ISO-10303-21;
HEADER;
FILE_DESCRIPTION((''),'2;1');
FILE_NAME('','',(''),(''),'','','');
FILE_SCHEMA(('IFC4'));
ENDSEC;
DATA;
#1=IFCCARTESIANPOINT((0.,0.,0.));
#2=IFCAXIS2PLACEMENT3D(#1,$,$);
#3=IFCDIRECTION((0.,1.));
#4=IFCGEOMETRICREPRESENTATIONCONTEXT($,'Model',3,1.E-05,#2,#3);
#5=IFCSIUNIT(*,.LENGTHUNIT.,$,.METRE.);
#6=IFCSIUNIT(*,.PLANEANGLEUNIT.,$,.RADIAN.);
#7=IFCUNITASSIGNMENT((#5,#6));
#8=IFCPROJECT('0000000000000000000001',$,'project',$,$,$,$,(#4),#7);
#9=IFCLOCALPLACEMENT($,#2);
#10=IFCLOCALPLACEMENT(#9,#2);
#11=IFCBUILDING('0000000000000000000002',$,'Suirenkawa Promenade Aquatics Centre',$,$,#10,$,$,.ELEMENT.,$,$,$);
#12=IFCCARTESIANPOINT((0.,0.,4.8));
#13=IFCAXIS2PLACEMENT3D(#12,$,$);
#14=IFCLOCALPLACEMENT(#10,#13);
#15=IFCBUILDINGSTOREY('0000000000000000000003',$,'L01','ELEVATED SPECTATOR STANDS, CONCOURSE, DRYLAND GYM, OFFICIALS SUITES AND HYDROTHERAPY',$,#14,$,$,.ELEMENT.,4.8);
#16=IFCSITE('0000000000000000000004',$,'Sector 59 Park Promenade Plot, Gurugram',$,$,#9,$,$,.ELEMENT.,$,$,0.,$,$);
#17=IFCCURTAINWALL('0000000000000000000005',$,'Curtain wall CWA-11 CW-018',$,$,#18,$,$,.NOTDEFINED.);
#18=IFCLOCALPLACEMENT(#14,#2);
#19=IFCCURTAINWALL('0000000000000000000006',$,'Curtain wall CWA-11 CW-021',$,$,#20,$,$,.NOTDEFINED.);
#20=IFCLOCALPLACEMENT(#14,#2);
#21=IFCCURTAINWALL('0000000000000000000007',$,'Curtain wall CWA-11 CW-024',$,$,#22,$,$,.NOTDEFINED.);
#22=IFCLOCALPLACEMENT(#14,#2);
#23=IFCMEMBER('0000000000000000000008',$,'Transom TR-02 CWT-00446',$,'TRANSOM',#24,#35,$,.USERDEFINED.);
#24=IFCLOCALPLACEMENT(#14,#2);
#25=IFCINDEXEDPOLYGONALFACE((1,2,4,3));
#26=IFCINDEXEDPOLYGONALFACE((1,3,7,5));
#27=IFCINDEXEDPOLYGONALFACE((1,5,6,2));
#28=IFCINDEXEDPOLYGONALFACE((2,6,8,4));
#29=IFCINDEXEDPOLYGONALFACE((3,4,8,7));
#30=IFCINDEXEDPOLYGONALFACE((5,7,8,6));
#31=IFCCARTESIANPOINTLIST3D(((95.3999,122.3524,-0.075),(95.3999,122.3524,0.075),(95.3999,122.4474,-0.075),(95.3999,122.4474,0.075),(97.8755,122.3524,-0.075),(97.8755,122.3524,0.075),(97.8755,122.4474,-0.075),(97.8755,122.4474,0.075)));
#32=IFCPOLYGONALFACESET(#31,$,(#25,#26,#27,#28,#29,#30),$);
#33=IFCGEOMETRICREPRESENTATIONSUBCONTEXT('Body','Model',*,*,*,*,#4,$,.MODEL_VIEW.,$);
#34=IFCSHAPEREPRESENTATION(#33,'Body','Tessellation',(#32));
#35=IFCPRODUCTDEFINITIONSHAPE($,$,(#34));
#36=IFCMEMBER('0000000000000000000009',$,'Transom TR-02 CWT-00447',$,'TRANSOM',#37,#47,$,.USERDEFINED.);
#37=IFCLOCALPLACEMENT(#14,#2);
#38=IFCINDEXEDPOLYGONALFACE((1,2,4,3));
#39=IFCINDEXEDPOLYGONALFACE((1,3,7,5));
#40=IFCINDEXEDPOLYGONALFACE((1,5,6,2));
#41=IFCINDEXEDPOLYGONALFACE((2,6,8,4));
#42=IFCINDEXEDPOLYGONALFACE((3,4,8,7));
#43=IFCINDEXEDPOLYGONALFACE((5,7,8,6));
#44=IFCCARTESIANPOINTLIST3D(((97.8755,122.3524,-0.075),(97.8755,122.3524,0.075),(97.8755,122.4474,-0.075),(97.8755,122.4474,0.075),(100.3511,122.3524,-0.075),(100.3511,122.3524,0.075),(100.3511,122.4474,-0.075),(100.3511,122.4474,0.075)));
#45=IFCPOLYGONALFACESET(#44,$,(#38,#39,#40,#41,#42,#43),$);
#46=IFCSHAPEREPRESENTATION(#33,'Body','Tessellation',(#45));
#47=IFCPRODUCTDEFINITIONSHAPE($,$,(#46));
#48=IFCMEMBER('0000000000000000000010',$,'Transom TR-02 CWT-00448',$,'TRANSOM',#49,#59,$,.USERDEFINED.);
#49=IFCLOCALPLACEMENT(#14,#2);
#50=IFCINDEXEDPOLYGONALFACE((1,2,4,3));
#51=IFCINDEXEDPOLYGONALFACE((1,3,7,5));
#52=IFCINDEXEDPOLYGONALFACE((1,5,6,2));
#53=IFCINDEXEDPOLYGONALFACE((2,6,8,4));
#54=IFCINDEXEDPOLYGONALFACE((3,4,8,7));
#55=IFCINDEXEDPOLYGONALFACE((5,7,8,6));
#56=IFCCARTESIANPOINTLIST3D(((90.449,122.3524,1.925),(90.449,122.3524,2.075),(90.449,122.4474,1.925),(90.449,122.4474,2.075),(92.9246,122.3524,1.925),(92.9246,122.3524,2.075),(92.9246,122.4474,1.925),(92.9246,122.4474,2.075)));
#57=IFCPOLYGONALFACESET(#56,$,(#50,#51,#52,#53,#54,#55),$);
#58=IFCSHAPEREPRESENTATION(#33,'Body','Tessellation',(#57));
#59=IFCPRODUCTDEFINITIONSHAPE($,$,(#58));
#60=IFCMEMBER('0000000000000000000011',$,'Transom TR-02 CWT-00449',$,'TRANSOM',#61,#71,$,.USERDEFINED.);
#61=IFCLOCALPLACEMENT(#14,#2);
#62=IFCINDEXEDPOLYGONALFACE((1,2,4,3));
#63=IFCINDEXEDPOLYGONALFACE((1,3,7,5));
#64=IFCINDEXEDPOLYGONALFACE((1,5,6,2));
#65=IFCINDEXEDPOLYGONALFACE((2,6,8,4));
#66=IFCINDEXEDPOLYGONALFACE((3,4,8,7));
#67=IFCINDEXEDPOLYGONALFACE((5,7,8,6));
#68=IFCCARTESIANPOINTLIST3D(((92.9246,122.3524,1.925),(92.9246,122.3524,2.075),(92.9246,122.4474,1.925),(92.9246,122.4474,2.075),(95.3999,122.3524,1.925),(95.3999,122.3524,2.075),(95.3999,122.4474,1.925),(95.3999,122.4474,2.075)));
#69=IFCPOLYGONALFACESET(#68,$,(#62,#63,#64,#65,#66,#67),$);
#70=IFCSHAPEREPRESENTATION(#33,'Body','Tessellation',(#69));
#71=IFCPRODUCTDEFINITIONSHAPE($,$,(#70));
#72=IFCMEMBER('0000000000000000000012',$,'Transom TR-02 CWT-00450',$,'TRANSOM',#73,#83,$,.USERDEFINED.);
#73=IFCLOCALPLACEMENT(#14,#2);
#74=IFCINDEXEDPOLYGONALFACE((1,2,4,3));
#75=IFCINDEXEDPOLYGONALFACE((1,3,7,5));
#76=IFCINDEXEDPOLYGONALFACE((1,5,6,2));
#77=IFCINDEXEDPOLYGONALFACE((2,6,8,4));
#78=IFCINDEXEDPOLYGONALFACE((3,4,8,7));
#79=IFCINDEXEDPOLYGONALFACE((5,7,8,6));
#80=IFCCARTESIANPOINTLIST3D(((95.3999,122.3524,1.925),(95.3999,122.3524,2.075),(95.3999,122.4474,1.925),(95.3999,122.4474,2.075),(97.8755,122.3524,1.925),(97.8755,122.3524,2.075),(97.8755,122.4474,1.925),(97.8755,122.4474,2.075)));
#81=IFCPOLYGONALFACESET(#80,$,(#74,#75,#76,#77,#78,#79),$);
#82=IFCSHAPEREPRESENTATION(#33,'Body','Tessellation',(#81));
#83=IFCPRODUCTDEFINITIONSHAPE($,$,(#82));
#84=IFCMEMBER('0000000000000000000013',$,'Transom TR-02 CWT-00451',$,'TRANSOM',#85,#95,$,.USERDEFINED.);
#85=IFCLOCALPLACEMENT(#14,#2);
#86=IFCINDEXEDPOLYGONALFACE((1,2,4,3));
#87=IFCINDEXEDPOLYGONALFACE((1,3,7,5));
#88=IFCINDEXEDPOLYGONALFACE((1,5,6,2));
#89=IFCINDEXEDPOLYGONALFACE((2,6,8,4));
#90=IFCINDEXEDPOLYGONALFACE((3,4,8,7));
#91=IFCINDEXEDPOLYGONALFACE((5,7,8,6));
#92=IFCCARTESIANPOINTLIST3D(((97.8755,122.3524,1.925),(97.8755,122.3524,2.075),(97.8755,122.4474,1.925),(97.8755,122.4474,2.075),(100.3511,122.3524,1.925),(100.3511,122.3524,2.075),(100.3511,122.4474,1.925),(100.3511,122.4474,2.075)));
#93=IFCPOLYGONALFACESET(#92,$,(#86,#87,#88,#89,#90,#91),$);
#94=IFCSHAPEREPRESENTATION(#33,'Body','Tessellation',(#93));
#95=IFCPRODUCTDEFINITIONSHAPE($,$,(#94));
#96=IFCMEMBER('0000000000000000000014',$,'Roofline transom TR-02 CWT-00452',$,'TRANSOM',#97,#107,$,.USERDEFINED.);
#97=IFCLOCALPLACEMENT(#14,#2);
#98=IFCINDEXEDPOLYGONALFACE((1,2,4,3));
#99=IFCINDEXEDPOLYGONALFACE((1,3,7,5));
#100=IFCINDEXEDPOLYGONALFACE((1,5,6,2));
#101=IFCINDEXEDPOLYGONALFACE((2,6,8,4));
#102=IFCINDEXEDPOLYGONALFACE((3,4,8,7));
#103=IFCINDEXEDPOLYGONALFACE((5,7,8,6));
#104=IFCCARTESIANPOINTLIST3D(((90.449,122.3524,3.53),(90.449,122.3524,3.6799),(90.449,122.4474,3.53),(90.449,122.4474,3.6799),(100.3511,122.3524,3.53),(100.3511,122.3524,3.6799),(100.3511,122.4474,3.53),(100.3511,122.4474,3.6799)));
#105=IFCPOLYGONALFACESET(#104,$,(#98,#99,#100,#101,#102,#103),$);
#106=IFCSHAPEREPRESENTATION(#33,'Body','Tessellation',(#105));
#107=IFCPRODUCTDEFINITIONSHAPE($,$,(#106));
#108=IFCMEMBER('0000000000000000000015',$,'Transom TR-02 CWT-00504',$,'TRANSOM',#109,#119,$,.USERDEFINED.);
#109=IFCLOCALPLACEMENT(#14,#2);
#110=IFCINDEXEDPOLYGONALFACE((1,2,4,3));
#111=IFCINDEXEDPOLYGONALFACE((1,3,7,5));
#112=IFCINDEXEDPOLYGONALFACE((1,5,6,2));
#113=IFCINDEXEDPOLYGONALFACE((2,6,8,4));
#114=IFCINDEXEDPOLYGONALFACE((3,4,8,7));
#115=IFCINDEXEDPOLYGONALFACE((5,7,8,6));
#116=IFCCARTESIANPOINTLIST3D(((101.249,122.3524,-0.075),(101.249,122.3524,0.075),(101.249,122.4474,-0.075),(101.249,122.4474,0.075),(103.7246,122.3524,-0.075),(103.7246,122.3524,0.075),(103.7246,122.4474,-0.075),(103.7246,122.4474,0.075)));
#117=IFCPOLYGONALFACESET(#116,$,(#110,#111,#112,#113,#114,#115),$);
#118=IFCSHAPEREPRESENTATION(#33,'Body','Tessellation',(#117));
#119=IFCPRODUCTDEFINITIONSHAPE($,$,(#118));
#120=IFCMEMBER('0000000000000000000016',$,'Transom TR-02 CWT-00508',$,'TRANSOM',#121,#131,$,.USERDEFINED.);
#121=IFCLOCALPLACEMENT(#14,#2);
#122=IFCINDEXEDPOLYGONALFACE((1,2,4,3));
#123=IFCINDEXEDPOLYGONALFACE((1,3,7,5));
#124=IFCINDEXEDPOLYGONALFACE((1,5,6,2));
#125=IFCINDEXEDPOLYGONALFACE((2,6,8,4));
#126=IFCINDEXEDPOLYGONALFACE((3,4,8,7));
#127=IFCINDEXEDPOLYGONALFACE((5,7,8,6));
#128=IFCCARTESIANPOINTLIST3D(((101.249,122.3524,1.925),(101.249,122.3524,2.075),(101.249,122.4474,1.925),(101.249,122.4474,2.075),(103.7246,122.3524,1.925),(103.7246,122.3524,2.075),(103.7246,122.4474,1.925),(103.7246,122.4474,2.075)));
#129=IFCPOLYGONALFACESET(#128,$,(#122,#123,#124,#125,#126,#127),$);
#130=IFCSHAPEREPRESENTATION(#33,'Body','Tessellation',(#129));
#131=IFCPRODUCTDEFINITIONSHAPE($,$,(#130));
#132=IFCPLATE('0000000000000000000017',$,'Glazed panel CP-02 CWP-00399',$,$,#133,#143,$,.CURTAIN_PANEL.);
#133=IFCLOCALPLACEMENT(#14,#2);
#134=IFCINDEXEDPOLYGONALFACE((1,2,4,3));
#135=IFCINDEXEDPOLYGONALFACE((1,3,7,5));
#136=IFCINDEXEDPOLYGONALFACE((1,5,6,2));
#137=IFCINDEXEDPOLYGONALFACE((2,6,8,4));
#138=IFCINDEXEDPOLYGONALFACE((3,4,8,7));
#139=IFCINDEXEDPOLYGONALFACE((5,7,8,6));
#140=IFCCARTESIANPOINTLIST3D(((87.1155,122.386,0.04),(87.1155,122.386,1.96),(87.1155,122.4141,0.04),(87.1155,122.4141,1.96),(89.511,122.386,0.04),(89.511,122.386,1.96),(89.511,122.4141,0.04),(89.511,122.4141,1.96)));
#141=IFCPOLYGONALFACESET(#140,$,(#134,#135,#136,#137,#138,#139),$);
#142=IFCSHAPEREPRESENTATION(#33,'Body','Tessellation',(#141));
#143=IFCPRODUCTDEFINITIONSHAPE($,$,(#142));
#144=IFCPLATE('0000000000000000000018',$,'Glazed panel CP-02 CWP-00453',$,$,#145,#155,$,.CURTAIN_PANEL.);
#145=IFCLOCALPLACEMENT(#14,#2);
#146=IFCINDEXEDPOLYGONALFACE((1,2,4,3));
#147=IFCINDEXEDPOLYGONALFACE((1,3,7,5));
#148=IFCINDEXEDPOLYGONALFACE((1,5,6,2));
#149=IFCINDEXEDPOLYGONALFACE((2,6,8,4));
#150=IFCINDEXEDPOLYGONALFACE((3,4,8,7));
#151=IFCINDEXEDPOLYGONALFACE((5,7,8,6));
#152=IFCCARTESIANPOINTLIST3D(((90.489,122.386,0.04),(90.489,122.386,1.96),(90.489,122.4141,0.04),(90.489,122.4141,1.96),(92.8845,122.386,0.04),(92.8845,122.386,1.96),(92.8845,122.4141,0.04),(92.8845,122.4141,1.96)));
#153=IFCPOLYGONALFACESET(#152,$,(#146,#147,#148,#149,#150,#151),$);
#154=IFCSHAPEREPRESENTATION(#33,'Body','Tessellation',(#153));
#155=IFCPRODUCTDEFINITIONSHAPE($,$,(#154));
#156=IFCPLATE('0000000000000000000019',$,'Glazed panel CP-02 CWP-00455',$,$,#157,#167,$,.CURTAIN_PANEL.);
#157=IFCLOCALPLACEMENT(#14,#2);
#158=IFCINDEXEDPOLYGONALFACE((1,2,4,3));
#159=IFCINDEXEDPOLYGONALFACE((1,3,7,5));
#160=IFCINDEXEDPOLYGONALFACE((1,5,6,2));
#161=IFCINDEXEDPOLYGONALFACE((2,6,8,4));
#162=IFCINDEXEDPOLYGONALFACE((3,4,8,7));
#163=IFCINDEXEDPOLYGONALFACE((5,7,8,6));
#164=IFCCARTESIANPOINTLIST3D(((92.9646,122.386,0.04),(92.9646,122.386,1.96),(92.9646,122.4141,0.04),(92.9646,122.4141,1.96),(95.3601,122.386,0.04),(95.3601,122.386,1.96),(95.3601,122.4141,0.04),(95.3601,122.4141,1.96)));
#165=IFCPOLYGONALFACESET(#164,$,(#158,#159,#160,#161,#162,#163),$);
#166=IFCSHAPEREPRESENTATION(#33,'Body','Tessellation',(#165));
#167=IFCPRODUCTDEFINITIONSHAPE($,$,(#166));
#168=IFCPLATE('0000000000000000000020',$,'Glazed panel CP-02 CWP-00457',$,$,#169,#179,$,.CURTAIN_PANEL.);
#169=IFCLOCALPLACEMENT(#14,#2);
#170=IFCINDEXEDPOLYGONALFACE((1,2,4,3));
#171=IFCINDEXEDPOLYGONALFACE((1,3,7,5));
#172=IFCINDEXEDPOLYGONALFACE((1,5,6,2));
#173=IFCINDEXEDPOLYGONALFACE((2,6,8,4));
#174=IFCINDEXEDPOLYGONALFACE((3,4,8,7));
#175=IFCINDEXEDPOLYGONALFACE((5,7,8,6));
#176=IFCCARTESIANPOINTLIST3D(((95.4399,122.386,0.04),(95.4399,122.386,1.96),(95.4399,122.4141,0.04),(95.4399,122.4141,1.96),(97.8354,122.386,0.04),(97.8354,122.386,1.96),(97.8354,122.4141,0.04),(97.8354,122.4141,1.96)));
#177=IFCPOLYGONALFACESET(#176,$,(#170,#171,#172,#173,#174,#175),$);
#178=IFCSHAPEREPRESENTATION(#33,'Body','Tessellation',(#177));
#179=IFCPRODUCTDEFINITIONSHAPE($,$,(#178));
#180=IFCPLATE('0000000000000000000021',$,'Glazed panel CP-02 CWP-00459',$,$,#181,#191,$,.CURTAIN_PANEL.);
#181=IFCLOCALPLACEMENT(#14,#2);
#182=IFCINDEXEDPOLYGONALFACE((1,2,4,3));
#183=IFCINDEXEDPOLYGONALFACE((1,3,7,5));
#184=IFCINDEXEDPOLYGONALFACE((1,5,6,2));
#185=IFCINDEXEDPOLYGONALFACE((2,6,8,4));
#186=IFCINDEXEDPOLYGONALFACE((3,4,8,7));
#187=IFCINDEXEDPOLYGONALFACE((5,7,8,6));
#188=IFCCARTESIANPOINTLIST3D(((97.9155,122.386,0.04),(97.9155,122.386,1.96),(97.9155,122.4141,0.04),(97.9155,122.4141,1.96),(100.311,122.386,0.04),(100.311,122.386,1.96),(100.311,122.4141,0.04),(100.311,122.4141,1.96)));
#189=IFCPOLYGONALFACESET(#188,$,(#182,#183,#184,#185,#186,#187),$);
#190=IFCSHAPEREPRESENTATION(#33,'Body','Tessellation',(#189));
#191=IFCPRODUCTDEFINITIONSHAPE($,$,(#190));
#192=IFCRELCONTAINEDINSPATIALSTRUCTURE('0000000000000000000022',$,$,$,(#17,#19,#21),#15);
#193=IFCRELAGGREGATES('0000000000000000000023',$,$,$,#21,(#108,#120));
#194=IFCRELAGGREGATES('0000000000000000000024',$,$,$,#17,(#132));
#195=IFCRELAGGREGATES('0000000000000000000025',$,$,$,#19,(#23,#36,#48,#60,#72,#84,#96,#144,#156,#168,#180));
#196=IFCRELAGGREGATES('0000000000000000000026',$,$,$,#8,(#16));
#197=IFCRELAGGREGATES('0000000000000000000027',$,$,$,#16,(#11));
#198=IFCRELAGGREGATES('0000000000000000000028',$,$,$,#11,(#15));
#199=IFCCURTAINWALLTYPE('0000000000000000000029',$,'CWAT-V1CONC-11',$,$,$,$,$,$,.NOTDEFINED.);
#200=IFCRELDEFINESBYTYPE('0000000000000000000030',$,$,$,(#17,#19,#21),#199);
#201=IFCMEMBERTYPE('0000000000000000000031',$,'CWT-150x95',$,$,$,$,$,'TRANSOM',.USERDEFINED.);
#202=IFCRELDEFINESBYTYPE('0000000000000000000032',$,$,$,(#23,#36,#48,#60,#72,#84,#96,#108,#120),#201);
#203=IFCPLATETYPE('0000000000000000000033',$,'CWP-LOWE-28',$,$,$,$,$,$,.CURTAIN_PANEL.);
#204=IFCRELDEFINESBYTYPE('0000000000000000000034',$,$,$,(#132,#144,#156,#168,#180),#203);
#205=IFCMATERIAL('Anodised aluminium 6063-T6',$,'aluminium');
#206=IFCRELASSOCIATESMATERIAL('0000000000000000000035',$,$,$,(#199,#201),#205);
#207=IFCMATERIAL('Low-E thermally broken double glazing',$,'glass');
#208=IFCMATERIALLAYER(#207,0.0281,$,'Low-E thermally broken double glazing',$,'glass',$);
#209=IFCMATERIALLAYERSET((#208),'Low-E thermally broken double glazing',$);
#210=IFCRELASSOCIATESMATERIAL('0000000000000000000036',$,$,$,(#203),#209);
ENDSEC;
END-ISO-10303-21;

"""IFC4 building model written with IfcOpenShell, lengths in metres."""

from ifc_helpers import new_model, si_unit, direction, frame, origin, origin_2d, place, context, subcontext, project, spatial, polyline, rectangle, outline, extrude, material, layer, layer_set, material_profile, profile_set, type_object, element, aggregate, save


model = new_model("IFC4")

# Units and contexts
model_context = context("Model", 3, precision=1e-05, world=origin(), true_north=direction((0.0, 1.0)))
body_context = subcontext(model_context, "Body", "Model", "MODEL_VIEW")
ifc_project = project(units=[si_unit("LENGTHUNIT", "METRE"), si_unit("PLANEANGLEUNIT", "RADIAN")], contexts=[model_context])

# Site, building, storey
site_placement = place(None, origin())
site = spatial("IfcSite", under=ifc_project, at=site_placement, Name="Sector 59 Park Promenade Plot, Gurugram", CompositionType="ELEMENT", RefElevation=0.0)
building_placement = place(site_placement, origin())
building = spatial("IfcBuilding", under=site, at=building_placement, Name="Suirenkawa Promenade Aquatics Centre", CompositionType="ELEMENT")
storey_placement = place(building_placement, frame((0.0, 0.0, 4.8)))
storey = spatial("IfcBuildingStorey", under=building, at=storey_placement, Name="L01", Description="ELEVATED SPECTATOR STANDS, CONCOURSE, DRYLAND GYM, OFFICIALS SUITES AND HYDROTHERAPY", CompositionType="ELEMENT", Elevation=4.8)

# Curtain wall
ifc_material_1 = material(Name="Anodised aluminium 6063-T6", Category="aluminium")
curtain_wall_type = type_object("IfcCurtainWallType", Name="CWAT-V1CONC-11", PredefinedType="NOTDEFINED", material=ifc_material_1)
curtain_wall_1_placement = place(storey_placement, origin())
curtain_wall_1 = element("IfcCurtainWall", 1, at=curtain_wall_1_placement, inside=storey, type_object=curtain_wall_type, Name="Curtain wall CWA-11 CW-018", PredefinedType="NOTDEFINED")

# Curtain wall
curtain_wall_2_placement = place(storey_placement, origin())
curtain_wall_2 = element("IfcCurtainWall", 2, at=curtain_wall_2_placement, inside=storey, type_object=curtain_wall_type, Name="Curtain wall CWA-11 CW-021", PredefinedType="NOTDEFINED")

# Curtain wall
curtain_wall_3_placement = place(storey_placement, origin())
curtain_wall_3 = element("IfcCurtainWall", 3, at=curtain_wall_3_placement, inside=storey, type_object=curtain_wall_type, Name="Curtain wall CWA-11 CW-024", PredefinedType="NOTDEFINED")

# Members
ifc_material_profile_1 = material_profile(ifc_material_1, rectangle(XDim=0.095, YDim=0.1499, at=origin_2d()), Name="ALU TRAN 95x150", Category="aluminium")
ifc_profile_set_1 = profile_set([ifc_material_profile_1], Name="Anodised aluminium 6063-T6")
member_type_1 = type_object("IfcMemberType", Name="CWT-150x95", ElementType="TRANSOM", PredefinedType="USERDEFINED", material=ifc_profile_set_1)
member_1_placement = place(storey_placement, frame((95.3999, 122.3999, 0.0), z_axis=(1.0, 0.0, 0.0), x_axis=(0.0, 1.0, 0.0)))
member_1 = element("IfcMember", 4, at=member_1_placement, type_object=member_type_1, Name="Transom TR-02 CWT-00446", ObjectType="TRANSOM", PredefinedType="USERDEFINED", context=body_context, shape_type="SweptSolid", body=[
    extrude(rectangle(XDim=0.095, YDim=0.1499, at=origin_2d()), origin(), (0.0, 0.0, 1.0), 2.4756),
])
member_2_placement = place(storey_placement, frame((97.8755, 122.3999, 0.0), z_axis=(1.0, 0.0, 0.0), x_axis=(0.0, 1.0, 0.0)))
member_2 = element("IfcMember", 5, at=member_2_placement, type_object=member_type_1, Name="Transom TR-02 CWT-00447", ObjectType="TRANSOM", PredefinedType="USERDEFINED", context=body_context, shape_type="SweptSolid", body=[
    extrude(rectangle(XDim=0.095, YDim=0.1499, at=origin_2d()), origin(), (0.0, 0.0, 1.0), 2.4756),
])
member_3_placement = place(storey_placement, frame((90.449, 122.3999, 2.0), z_axis=(1.0, 0.0, 0.0), x_axis=(0.0, 1.0, 0.0)))
member_3 = element("IfcMember", 6, at=member_3_placement, type_object=member_type_1, Name="Transom TR-02 CWT-00448", ObjectType="TRANSOM", PredefinedType="USERDEFINED", context=body_context, shape_type="SweptSolid", body=[
    extrude(rectangle(XDim=0.095, YDim=0.1499, at=origin_2d()), origin(), (0.0, 0.0, 1.0), 2.4756),
])
member_4_placement = place(storey_placement, frame((92.9246, 122.3999, 2.0), z_axis=(1.0, 0.0, 0.0), x_axis=(0.0, 1.0, 0.0)))
member_4 = element("IfcMember", 7, at=member_4_placement, type_object=member_type_1, Name="Transom TR-02 CWT-00449", ObjectType="TRANSOM", PredefinedType="USERDEFINED", context=body_context, shape_type="SweptSolid", body=[
    extrude(rectangle(XDim=0.095, YDim=0.1499, at=origin_2d()), origin(), (0.0, 0.0, 1.0), 2.4753),
])
member_5_placement = place(storey_placement, frame((95.3999, 122.3999, 2.0), z_axis=(1.0, 0.0, 0.0), x_axis=(0.0, 1.0, 0.0)))
member_5 = element("IfcMember", 8, at=member_5_placement, type_object=member_type_1, Name="Transom TR-02 CWT-00450", ObjectType="TRANSOM", PredefinedType="USERDEFINED", context=body_context, shape_type="SweptSolid", body=[
    extrude(rectangle(XDim=0.095, YDim=0.1499, at=origin_2d()), origin(), (0.0, 0.0, 1.0), 2.4756),
])
member_6_placement = place(storey_placement, frame((97.8755, 122.3999, 2.0), z_axis=(1.0, 0.0, 0.0), x_axis=(0.0, 1.0, 0.0)))
member_6 = element("IfcMember", 9, at=member_6_placement, type_object=member_type_1, Name="Transom TR-02 CWT-00451", ObjectType="TRANSOM", PredefinedType="USERDEFINED", context=body_context, shape_type="SweptSolid", body=[
    extrude(rectangle(XDim=0.095, YDim=0.1499, at=origin_2d()), origin(), (0.0, 0.0, 1.0), 2.4756),
])
member_7_placement = place(storey_placement, frame((90.449, 122.3999, 3.605), z_axis=(1.0, 0.0, 0.0), x_axis=(0.0, 1.0, 0.0)))
member_7 = element("IfcMember", 10, at=member_7_placement, type_object=member_type_1, Name="Roofline transom TR-02 CWT-00452", ObjectType="TRANSOM", PredefinedType="USERDEFINED", context=body_context, shape_type="SweptSolid", body=[
    extrude(rectangle(XDim=0.095, YDim=0.1499, at=origin_2d()), origin(), (0.0, 0.0, 1.0), 9.9021),
])
member_8_placement = place(storey_placement, frame((101.249, 122.3999, 0.0), z_axis=(1.0, 0.0, 0.0), x_axis=(0.0, 1.0, 0.0)))
member_8 = element("IfcMember", 11, at=member_8_placement, type_object=member_type_1, Name="Transom TR-02 CWT-00504", ObjectType="TRANSOM", PredefinedType="USERDEFINED", context=body_context, shape_type="SweptSolid", body=[
    extrude(rectangle(XDim=0.095, YDim=0.1499, at=origin_2d()), origin(), (0.0, 0.0, 1.0), 2.4756),
])
member_9_placement = place(storey_placement, frame((101.249, 122.3999, 2.0), z_axis=(1.0, 0.0, 0.0), x_axis=(0.0, 1.0, 0.0)))
member_9 = element("IfcMember", 12, at=member_9_placement, type_object=member_type_1, Name="Transom TR-02 CWT-00508", ObjectType="TRANSOM", PredefinedType="USERDEFINED", context=body_context, shape_type="SweptSolid", body=[
    extrude(rectangle(XDim=0.095, YDim=0.1499, at=origin_2d()), origin(), (0.0, 0.0, 1.0), 2.4756),
])
aggregate(curtain_wall_3, [member_8, member_9])

# Plates
ifc_material_2 = material(Name="Low-E thermally broken double glazing", Category="glass")
ifc_layer = layer(ifc_material_2, 0.0281, Name="Low-E thermally broken double glazing", Category="glass")
ifc_layer_set = layer_set([ifc_layer], Name="Low-E thermally broken double glazing")
plate_type = type_object("IfcPlateType", Name="CWP-LOWE-28", PredefinedType="CURTAIN_PANEL", material=ifc_layer_set)
plate_1_placement = place(storey_placement, frame((87.0754, 122.3999, 0.04), z_axis=(0.0, 0.0, 1.0), x_axis=(1.0, 0.0, 0.0)))
plate_1 = element("IfcPlate", 13, at=plate_1_placement, type_object=plate_type, Name="Glazed panel CP-02 CWP-00399", PredefinedType="CURTAIN_PANEL", context=body_context, shape_type="SweptSolid", body=[
    extrude(outline(polyline([(0.04, 0.0), (2.4355, 0.0), (2.4355, 1.9199), (0.04, 1.9199), (0.04, 0.0)])), frame((0.0, 0.0142, 0.0), z_axis=(0.0, -1.0, 0.0), x_axis=(1.0, 0.0, 0.0)), (0.0, 0.0, 1.0), 0.0281),
])
aggregate(curtain_wall_1, [plate_1])
plate_2_placement = place(storey_placement, frame((90.449, 122.3999, 0.04), z_axis=(0.0, 0.0, 1.0), x_axis=(1.0, 0.0, 0.0)))
plate_2 = element("IfcPlate", 14, at=plate_2_placement, type_object=plate_type, Name="Glazed panel CP-02 CWP-00453", PredefinedType="CURTAIN_PANEL", context=body_context, shape_type="SweptSolid", body=[
    extrude(outline(polyline([(0.04, 0.0), (2.4355, 0.0), (2.4355, 1.9199), (0.04, 1.9199), (0.04, 0.0)])), frame((0.0, 0.0142, 0.0), z_axis=(0.0, -1.0, 0.0), x_axis=(1.0, 0.0, 0.0)), (0.0, 0.0, 1.0), 0.0281),
])
plate_3_placement = place(storey_placement, frame((92.9246, 122.3999, 0.04), z_axis=(0.0, 0.0, 1.0), x_axis=(1.0, 0.0, 0.0)))
plate_3 = element("IfcPlate", 15, at=plate_3_placement, type_object=plate_type, Name="Glazed panel CP-02 CWP-00455", PredefinedType="CURTAIN_PANEL", context=body_context, shape_type="SweptSolid", body=[
    extrude(outline(polyline([(0.04, 0.0), (2.4355, 0.0), (2.4355, 1.9199), (0.04, 1.9199), (0.04, 0.0)])), frame((0.0, 0.0142, 0.0), z_axis=(0.0, -1.0, 0.0), x_axis=(1.0, 0.0, 0.0)), (0.0, 0.0, 1.0), 0.0281),
])
plate_4_placement = place(storey_placement, frame((95.3999, 122.3999, 0.04), z_axis=(0.0, 0.0, 1.0), x_axis=(1.0, 0.0, 0.0)))
plate_4 = element("IfcPlate", 16, at=plate_4_placement, type_object=plate_type, Name="Glazed panel CP-02 CWP-00457", PredefinedType="CURTAIN_PANEL", context=body_context, shape_type="SweptSolid", body=[
    extrude(outline(polyline([(0.04, 0.0), (2.4355, 0.0), (2.4355, 1.9199), (0.04, 1.9199), (0.04, 0.0)])), frame((0.0, 0.0142, 0.0), z_axis=(0.0, -1.0, 0.0), x_axis=(1.0, 0.0, 0.0)), (0.0, 0.0, 1.0), 0.0281),
])
plate_5_placement = place(storey_placement, frame((97.8755, 122.3999, 0.04), z_axis=(0.0, 0.0, 1.0), x_axis=(1.0, 0.0, 0.0)))
plate_5 = element("IfcPlate", 17, at=plate_5_placement, type_object=plate_type, Name="Glazed panel CP-02 CWP-00459", PredefinedType="CURTAIN_PANEL", context=body_context, shape_type="SweptSolid", body=[
    extrude(outline(polyline([(0.04, 0.0), (2.4355, 0.0), (2.4355, 1.9199), (0.04, 1.9199), (0.04, 0.0)])), frame((0.0, 0.0142, 0.0), z_axis=(0.0, -1.0, 0.0), x_axis=(1.0, 0.0, 0.0)), (0.0, 0.0, 1.0), 0.0281),
])
aggregate(curtain_wall_2, [member_1, member_2, member_3, member_4, member_5, member_6, member_7, plate_2, plate_3, plate_4, plate_5])

save(model, "model.ifc")
